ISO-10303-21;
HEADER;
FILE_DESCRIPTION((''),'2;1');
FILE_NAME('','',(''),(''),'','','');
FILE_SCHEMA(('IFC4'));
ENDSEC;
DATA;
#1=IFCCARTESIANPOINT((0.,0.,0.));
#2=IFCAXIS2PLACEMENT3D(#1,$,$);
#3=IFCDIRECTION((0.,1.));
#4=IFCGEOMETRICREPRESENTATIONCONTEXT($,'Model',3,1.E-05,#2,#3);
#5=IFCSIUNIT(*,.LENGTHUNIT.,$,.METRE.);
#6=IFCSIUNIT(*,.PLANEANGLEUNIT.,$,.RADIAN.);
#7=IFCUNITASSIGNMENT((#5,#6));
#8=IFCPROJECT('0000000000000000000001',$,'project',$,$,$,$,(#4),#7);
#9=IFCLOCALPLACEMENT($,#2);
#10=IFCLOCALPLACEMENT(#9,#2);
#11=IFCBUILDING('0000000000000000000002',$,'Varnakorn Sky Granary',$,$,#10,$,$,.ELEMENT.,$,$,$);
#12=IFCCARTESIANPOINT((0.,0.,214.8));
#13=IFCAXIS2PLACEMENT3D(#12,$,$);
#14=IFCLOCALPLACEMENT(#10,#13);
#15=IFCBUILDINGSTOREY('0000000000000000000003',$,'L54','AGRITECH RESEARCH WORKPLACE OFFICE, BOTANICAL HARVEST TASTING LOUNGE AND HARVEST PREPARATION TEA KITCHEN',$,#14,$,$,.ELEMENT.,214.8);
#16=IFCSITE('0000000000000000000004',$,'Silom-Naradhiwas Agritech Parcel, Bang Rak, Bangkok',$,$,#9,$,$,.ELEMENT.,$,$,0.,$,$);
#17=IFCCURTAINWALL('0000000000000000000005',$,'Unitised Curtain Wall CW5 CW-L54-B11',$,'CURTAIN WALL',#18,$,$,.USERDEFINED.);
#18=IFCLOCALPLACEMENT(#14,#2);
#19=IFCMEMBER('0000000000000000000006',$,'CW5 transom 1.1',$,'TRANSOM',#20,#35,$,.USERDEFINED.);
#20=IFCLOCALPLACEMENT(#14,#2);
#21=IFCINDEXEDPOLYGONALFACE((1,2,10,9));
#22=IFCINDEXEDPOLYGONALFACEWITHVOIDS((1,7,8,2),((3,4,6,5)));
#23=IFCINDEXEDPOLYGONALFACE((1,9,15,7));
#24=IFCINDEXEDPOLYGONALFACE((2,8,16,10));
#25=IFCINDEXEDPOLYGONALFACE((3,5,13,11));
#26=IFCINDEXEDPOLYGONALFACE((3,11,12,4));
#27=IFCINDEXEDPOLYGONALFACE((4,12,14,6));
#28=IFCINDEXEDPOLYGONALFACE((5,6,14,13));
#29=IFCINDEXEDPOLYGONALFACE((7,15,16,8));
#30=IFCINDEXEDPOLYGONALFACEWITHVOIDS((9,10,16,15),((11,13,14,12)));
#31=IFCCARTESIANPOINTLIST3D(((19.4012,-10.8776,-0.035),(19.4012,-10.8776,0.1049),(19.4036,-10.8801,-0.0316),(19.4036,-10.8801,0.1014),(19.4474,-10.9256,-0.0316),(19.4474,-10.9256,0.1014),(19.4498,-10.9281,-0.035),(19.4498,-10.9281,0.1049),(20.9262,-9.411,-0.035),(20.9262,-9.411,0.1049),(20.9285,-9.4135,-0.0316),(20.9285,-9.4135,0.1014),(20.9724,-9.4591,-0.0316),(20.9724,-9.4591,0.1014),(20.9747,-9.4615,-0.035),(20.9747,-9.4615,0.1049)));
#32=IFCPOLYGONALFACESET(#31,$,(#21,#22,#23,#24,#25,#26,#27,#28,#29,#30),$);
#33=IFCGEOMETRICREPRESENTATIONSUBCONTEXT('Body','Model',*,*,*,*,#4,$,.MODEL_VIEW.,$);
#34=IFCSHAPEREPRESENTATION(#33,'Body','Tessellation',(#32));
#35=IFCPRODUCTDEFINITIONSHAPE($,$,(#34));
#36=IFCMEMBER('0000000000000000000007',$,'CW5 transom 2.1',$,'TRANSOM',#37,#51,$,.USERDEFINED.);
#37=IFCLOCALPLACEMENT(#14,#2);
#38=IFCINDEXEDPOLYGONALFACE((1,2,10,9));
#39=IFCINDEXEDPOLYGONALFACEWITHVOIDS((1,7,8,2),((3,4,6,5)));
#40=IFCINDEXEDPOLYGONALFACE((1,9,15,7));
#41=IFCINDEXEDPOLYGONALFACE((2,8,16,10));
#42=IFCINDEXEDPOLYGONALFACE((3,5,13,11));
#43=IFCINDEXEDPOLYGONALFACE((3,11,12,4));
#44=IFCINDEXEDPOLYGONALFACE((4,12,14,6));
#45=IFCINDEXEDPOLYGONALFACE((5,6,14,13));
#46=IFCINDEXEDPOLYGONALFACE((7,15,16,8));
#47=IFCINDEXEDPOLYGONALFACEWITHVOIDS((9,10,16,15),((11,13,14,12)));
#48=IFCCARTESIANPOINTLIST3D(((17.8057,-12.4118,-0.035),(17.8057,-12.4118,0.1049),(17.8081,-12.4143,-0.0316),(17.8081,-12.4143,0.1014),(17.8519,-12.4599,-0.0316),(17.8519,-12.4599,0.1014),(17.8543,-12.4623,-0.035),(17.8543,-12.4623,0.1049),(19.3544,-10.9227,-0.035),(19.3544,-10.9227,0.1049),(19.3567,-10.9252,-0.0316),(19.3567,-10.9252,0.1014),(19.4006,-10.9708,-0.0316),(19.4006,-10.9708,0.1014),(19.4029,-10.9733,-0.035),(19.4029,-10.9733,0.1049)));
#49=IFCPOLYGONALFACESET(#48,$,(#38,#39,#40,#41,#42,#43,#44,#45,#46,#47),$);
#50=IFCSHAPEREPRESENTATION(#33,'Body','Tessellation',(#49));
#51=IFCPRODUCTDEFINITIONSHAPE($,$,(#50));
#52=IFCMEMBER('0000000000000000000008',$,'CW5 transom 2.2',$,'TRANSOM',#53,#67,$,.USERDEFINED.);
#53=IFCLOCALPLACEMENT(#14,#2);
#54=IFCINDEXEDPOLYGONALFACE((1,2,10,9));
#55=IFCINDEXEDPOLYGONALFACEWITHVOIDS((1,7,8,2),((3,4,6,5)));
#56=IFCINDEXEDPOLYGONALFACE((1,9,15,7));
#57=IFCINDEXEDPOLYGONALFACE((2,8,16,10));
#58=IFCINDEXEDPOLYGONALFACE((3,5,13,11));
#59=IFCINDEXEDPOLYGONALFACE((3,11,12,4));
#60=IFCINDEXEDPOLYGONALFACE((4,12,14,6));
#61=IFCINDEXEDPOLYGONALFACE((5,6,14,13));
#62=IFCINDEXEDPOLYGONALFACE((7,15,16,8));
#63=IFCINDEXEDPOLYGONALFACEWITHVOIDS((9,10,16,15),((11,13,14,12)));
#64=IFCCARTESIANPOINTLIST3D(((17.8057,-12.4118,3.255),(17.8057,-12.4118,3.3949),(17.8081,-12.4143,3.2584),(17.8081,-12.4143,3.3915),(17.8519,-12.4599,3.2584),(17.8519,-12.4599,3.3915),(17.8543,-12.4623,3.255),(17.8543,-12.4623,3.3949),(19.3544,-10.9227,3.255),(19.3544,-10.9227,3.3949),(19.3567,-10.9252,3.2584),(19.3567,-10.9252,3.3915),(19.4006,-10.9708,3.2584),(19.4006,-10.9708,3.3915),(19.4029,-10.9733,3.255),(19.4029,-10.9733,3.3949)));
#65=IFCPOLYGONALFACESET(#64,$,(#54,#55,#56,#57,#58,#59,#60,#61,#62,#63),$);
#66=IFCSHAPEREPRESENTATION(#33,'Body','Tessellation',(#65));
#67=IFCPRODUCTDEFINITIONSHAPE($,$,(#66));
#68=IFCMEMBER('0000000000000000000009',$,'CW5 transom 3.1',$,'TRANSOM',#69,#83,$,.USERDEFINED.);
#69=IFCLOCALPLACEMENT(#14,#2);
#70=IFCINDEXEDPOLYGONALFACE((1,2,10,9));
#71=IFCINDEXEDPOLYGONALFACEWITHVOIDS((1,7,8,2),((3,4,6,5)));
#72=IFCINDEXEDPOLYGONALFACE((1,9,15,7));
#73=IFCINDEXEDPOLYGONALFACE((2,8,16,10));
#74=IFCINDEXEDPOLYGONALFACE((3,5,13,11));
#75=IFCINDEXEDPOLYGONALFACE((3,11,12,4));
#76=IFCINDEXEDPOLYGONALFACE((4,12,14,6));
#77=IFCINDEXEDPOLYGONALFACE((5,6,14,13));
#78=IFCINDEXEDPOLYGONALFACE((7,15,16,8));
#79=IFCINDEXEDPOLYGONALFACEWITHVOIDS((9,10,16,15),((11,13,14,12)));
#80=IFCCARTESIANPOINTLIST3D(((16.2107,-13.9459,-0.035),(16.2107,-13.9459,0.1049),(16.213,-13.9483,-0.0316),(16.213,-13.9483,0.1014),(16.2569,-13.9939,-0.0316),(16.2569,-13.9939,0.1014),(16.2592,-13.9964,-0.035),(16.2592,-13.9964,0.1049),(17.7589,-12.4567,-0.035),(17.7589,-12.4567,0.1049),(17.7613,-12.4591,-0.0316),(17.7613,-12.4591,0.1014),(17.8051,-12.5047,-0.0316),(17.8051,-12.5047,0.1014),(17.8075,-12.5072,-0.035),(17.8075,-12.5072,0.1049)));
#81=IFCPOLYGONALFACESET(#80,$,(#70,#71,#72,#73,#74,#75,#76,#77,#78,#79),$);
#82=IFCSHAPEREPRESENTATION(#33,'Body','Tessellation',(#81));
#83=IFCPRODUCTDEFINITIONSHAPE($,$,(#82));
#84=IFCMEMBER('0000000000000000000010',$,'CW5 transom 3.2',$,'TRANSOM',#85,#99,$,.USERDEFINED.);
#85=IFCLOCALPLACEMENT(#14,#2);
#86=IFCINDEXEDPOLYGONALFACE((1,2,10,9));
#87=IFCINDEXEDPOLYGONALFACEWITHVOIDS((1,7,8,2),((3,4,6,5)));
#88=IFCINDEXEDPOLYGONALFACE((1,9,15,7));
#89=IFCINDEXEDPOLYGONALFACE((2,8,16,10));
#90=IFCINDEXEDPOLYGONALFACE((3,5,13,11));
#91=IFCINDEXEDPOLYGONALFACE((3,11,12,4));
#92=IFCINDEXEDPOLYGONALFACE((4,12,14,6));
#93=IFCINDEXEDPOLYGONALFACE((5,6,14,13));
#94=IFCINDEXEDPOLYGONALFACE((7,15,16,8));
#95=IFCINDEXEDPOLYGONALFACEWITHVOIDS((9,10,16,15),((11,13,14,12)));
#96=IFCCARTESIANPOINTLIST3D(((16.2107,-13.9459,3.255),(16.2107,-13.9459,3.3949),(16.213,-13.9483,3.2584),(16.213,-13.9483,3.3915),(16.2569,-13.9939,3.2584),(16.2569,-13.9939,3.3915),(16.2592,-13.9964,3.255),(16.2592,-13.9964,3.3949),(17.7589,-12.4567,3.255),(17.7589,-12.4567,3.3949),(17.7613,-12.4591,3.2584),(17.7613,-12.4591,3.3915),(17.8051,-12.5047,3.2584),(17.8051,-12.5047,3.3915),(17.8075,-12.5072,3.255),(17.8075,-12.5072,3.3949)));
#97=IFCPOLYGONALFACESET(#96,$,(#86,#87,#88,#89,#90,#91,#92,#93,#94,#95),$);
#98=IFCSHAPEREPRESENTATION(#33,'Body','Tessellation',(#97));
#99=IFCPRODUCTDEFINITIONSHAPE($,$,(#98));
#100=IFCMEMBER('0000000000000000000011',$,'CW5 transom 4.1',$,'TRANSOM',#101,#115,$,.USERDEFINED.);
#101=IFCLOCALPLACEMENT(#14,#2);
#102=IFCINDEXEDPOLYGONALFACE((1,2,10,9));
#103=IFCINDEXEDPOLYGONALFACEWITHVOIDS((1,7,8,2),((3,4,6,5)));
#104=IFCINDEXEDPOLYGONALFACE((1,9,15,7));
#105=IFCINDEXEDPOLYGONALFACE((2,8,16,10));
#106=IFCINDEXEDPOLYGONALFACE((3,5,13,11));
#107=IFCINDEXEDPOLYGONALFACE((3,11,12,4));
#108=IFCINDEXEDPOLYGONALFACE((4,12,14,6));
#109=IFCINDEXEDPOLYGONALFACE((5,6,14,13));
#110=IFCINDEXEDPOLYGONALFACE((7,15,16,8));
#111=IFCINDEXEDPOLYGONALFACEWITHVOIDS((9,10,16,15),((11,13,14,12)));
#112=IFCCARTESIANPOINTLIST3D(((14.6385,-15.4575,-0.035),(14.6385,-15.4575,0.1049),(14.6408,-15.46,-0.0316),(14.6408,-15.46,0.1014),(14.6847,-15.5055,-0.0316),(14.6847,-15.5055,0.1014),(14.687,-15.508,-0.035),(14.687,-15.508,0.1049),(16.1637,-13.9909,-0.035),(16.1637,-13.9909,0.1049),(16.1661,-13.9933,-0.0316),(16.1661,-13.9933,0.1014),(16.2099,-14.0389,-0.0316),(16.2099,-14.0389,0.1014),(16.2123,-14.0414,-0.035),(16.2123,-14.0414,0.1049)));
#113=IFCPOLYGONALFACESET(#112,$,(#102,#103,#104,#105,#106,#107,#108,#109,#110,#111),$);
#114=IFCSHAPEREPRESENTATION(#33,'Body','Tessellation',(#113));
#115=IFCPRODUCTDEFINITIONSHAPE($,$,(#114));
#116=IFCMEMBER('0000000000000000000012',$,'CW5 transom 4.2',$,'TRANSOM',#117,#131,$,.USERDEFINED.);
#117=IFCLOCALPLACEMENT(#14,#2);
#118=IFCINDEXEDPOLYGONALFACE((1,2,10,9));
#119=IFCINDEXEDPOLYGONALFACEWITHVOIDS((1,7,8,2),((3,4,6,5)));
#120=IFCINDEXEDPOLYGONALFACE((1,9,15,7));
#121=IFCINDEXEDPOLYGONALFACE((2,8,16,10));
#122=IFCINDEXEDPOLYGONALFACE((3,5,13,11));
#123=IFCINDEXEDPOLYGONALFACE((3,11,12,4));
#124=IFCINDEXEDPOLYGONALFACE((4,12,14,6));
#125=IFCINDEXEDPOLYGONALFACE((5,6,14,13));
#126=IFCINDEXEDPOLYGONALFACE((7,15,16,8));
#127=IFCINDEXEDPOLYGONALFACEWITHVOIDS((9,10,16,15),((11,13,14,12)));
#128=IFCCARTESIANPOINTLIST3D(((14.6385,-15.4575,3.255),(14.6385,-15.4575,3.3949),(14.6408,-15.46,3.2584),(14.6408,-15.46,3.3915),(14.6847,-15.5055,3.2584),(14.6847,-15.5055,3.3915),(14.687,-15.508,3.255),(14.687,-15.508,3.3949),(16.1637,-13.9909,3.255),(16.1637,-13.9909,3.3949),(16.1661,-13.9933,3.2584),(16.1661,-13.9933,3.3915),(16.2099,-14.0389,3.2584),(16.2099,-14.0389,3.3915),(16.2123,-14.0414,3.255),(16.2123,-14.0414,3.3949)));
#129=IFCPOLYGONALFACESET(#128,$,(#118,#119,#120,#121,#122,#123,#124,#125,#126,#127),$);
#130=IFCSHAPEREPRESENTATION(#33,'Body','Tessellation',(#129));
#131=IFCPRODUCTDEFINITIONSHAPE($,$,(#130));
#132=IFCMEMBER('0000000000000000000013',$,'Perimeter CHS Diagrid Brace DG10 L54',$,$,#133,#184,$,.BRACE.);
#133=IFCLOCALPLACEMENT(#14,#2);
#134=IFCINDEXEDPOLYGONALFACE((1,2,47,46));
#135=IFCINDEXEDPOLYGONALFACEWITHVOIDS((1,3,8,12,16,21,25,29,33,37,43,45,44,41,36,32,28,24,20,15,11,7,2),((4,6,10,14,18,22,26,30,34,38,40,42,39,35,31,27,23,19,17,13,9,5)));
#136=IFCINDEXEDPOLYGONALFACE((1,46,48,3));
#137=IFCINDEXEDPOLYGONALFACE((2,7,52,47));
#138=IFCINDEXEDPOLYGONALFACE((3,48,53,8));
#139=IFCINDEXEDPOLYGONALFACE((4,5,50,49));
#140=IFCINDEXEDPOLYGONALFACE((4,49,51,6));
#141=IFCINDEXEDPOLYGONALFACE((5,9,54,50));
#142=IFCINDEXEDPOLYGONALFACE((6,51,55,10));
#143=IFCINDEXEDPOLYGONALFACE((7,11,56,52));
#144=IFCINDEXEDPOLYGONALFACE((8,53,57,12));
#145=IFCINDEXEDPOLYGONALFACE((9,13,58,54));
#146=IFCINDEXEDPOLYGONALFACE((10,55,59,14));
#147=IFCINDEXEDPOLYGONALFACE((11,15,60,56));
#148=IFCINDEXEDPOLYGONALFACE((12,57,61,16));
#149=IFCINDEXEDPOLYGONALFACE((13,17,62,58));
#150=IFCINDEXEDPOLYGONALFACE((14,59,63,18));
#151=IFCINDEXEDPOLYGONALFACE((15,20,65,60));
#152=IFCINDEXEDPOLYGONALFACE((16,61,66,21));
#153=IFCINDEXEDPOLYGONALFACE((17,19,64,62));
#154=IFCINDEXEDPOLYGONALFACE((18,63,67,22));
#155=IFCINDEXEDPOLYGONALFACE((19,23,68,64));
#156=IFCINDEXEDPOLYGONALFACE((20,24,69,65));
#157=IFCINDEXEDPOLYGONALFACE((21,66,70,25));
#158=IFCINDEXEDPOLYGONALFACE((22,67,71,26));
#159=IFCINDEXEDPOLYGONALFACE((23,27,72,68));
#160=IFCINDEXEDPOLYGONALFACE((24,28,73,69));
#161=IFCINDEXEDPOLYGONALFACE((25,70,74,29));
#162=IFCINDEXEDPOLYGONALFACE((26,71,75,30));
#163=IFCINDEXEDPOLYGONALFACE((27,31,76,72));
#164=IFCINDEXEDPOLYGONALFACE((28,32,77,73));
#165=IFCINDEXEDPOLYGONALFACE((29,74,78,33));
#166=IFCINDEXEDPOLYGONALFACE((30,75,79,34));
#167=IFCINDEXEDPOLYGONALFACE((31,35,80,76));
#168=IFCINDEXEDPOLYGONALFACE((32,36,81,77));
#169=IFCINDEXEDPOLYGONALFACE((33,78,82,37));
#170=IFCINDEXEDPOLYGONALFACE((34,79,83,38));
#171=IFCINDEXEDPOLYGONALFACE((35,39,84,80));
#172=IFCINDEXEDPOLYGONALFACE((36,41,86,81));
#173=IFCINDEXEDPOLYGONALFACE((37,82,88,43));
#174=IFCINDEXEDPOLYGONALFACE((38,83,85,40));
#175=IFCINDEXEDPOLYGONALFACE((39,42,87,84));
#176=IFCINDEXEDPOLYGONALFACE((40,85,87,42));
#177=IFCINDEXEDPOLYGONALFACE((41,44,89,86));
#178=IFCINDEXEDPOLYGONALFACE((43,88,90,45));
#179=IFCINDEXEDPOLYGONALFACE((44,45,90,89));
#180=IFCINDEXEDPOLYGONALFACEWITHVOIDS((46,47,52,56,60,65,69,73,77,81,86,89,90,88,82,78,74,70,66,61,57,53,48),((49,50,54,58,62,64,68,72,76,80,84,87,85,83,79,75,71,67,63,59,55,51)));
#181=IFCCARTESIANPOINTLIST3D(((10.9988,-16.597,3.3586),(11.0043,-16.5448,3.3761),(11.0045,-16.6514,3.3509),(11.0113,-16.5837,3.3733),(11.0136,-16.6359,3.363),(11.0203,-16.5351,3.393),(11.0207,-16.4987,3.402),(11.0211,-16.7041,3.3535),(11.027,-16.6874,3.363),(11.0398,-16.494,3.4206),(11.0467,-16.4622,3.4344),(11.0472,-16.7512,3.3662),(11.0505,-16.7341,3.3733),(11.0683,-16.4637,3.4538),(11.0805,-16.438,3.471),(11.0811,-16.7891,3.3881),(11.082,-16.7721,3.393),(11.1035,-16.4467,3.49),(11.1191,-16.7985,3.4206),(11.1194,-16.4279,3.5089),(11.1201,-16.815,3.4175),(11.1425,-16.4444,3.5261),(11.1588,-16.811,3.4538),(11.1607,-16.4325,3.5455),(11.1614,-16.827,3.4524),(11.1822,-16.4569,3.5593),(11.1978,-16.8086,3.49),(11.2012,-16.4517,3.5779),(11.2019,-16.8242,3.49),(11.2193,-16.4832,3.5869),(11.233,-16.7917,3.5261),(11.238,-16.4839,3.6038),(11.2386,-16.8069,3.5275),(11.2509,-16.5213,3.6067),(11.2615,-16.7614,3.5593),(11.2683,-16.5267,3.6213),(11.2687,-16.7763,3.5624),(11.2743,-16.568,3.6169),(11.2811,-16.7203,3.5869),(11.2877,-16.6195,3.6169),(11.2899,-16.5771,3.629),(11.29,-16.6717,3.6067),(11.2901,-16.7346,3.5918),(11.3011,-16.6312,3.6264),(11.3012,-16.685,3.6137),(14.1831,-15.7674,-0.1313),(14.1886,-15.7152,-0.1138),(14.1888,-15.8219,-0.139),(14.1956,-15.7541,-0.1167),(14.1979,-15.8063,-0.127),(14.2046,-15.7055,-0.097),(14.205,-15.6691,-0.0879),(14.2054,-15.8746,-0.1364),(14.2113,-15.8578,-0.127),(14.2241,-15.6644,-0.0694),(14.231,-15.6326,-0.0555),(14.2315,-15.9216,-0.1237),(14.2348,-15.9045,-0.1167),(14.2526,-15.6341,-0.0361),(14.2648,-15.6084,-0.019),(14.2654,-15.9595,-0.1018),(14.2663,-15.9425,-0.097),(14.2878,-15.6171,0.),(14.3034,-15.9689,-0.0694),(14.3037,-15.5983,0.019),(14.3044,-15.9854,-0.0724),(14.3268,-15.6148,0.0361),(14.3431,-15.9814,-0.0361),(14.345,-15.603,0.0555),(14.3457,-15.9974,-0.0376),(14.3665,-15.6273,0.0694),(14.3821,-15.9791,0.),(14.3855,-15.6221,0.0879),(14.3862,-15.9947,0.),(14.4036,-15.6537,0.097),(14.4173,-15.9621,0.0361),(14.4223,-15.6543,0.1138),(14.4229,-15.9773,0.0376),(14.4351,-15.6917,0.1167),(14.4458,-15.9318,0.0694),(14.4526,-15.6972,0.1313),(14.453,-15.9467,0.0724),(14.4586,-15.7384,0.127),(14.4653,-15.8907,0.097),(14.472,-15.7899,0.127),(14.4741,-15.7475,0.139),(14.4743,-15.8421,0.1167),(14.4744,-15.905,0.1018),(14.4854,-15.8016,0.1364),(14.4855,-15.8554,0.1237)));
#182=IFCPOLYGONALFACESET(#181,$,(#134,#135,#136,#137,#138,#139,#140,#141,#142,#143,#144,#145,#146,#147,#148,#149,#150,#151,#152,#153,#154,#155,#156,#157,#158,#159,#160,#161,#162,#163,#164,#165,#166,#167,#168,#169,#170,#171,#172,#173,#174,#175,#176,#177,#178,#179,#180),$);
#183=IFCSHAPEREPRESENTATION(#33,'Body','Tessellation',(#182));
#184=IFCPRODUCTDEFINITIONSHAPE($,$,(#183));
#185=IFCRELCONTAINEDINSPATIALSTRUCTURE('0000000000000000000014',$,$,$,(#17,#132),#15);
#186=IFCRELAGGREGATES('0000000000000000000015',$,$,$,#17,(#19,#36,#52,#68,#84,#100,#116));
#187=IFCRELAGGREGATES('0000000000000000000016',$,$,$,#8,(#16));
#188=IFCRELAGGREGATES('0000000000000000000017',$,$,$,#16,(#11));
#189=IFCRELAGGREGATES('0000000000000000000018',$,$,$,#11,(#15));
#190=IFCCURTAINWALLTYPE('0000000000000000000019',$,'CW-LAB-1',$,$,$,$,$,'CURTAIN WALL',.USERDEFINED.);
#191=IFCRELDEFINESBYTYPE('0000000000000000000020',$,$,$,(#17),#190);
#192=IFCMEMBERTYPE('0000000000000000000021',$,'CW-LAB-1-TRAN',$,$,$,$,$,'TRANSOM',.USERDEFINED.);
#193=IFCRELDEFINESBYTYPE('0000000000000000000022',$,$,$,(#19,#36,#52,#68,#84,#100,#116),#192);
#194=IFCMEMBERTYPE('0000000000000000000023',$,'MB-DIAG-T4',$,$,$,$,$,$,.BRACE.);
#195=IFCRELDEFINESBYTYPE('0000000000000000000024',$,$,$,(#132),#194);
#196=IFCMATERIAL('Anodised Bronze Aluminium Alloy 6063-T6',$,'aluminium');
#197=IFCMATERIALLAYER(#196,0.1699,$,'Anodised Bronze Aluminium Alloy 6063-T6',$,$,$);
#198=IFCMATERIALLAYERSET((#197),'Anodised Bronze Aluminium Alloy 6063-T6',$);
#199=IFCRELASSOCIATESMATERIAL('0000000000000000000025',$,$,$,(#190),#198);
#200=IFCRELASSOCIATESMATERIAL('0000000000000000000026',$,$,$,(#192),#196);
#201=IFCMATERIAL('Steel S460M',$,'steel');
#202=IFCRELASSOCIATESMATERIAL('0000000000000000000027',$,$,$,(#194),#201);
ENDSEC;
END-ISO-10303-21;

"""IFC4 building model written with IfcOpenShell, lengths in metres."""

from ifc_helpers import new_model, si_unit, direction, frame, origin, origin_2d, place, context, subcontext, project, spatial, hollow_rectangle, hollow_circle, extrude, material, layer, layer_set, material_profile, profile_set, type_object, element, aggregate, save


model = new_model("IFC4")

# Units and contexts
model_context = context("Model", 3, precision=1e-05, world=origin(), true_north=direction((0.0, 1.0)))
body_context = subcontext(model_context, "Body", "Model", "MODEL_VIEW")
ifc_project = project(units=[si_unit("LENGTHUNIT", "METRE"), si_unit("PLANEANGLEUNIT", "RADIAN")], contexts=[model_context])

# Site, building, storey
site_placement = place(None, origin())
site = spatial("IfcSite", under=ifc_project, at=site_placement, Name="Silom-Naradhiwas Agritech Parcel, Bang Rak, Bangkok", CompositionType="ELEMENT", RefElevation=0.0)
building_placement = place(site_placement, origin())
building = spatial("IfcBuilding", under=site, at=building_placement, Name="Varnakorn Sky Granary", CompositionType="ELEMENT")
storey_placement = place(building_placement, frame((0.0, 0.0, 214.8)))
storey = spatial("IfcBuildingStorey", under=building, at=storey_placement, Name="L54", Description="AGRITECH RESEARCH WORKPLACE OFFICE, BOTANICAL HARVEST TASTING LOUNGE AND HARVEST PREPARATION TEA KITCHEN", CompositionType="ELEMENT", Elevation=214.8)

# Shared definitions
ifc_material_1 = material(Name="Steel S460M", Category="steel")

# Shared definitions
ifc_material_2 = material(Name="Anodised Bronze Aluminium Alloy 6063-T6", Category="aluminium")
ifc_layer_1 = layer(ifc_material_2, 0.1699, Name="Anodised Bronze Aluminium Alloy 6063-T6")
ifc_layer_set_1 = layer_set([ifc_layer_1], Name="Anodised Bronze Aluminium Alloy 6063-T6")
curtain_wall_type = type_object("IfcCurtainWallType", Name="CW-LAB-1", ElementType="CURTAIN WALL", PredefinedType="USERDEFINED", material=ifc_layer_set_1)

# Curtain wall, members
curtain_wall_1_placement = place(storey_placement, origin())
curtain_wall_1 = element("IfcCurtainWall", 1, at=curtain_wall_1_placement, inside=storey, type_object=curtain_wall_type, Name="Unitised Curtain Wall CW5 CW-L54-B11", ObjectType="CURTAIN WALL", PredefinedType="USERDEFINED")
ifc_material_profile_1 = material_profile(ifc_material_2, hollow_rectangle(XDim=0.0701, YDim=0.1399, WallThickness=0.0034, at=origin_2d()), Name="ALU TRAN 70x140")
ifc_profile_set_1 = profile_set([ifc_material_profile_1], Name="Anodised Bronze Aluminium Alloy 6063-T6")
member_type_1 = type_object("IfcMemberType", Name="CW-LAB-1-TRAN", ElementType="TRANSOM", PredefinedType="USERDEFINED", material=ifc_profile_set_1)
member_1_placement = place(storey_placement, frame((20.9504, -9.4363, 0.0349), z_axis=(-0.720762, -0.693183, 0.0), x_axis=(0.693183, -0.720762, 0.0)))
member_1 = element("IfcMember", 2, at=member_1_placement, type_object=member_type_1, Name="CW5 transom 1.1", ObjectType="TRANSOM", PredefinedType="USERDEFINED", context=body_context, shape_type="SweptSolid", body=[
    extrude(hollow_rectangle(XDim=0.0701, YDim=0.1399, WallThickness=0.0034, at=origin_2d()), origin(), (0.0, 0.0, 1.0), 2.1157),
])
member_2_placement = place(storey_placement, frame((19.3787, -10.948, 0.0349), z_axis=(-0.720835, -0.693106, 0.0), x_axis=(0.693106, -0.720835, 0.0)))
member_2 = element("IfcMember", 3, at=member_2_placement, type_object=member_type_1, Name="CW5 transom 2.1", ObjectType="TRANSOM", PredefinedType="USERDEFINED", context=body_context, shape_type="SweptSolid", body=[
    extrude(hollow_rectangle(XDim=0.0701, YDim=0.1399, WallThickness=0.0034, at=origin_2d()), origin(), (0.0, 0.0, 1.0), 2.1484),
])
member_3_placement = place(storey_placement, frame((19.3787, -10.948, 3.325), z_axis=(-0.720835, -0.693106, 0.0), x_axis=(0.693106, -0.720835, 0.0)))
member_3 = element("IfcMember", 4, at=member_3_placement, type_object=member_type_1, Name="CW5 transom 2.2", ObjectType="TRANSOM", PredefinedType="USERDEFINED", context=body_context, shape_type="SweptSolid", body=[
    extrude(hollow_rectangle(XDim=0.0701, YDim=0.1399, WallThickness=0.0034, at=origin_2d()), origin(), (0.0, 0.0, 1.0), 2.1484),
])
member_4_placement = place(storey_placement, frame((17.7832, -12.4819, 0.0349), z_axis=(-0.720724, -0.693222, 0.0), x_axis=(0.693222, -0.720724, 0.0)))
member_4 = element("IfcMember", 5, at=member_4_placement, type_object=member_type_1, Name="CW5 transom 3.1", ObjectType="TRANSOM", PredefinedType="USERDEFINED", context=body_context, shape_type="SweptSolid", body=[
    extrude(hollow_rectangle(XDim=0.0701, YDim=0.1399, WallThickness=0.0034, at=origin_2d()), origin(), (0.0, 0.0, 1.0), 2.1482),
])
member_5_placement = place(storey_placement, frame((17.7832, -12.4819, 3.325), z_axis=(-0.720724, -0.693222, 0.0), x_axis=(0.693222, -0.720724, 0.0)))
member_5 = element("IfcMember", 6, at=member_5_placement, type_object=member_type_1, Name="CW5 transom 3.2", ObjectType="TRANSOM", PredefinedType="USERDEFINED", context=body_context, shape_type="SweptSolid", body=[
    extrude(hollow_rectangle(XDim=0.0701, YDim=0.1399, WallThickness=0.0034, at=origin_2d()), origin(), (0.0, 0.0, 1.0), 2.1482),
])
member_6_placement = place(storey_placement, frame((16.188, -14.0161, 0.0349), z_axis=(-0.720818, -0.693125, 0.0), x_axis=(0.693125, -0.720818, 0.0)))
member_6 = element("IfcMember", 7, at=member_6_placement, type_object=member_type_1, Name="CW5 transom 4.1", ObjectType="TRANSOM", PredefinedType="USERDEFINED", context=body_context, shape_type="SweptSolid", body=[
    extrude(hollow_rectangle(XDim=0.0701, YDim=0.1399, WallThickness=0.0034, at=origin_2d()), origin(), (0.0, 0.0, 1.0), 2.116),
])
member_7_placement = place(storey_placement, frame((16.188, -14.0161, 3.325), z_axis=(-0.720818, -0.693125, 0.0), x_axis=(0.693125, -0.720818, 0.0)))
member_7 = element("IfcMember", 8, at=member_7_placement, type_object=member_type_1, Name="CW5 transom 4.2", ObjectType="TRANSOM", PredefinedType="USERDEFINED", context=body_context, shape_type="SweptSolid", body=[
    extrude(hollow_rectangle(XDim=0.0701, YDim=0.1399, WallThickness=0.0034, at=origin_2d()), origin(), (0.0, 0.0, 1.0), 2.116),
])

# Member
ifc_material_profile_2 = material_profile(ifc_material_1, hollow_circle(Radius=0.2031, WallThickness=0.0161, at=origin_2d()), Name="CHS 406.4x16")
ifc_profile_set_2 = profile_set([ifc_material_profile_2], Name="Steel S460M")
member_type_2 = type_object("IfcMemberType", Name="MB-DIAG-T4", PredefinedType="BRACE", material=ifc_profile_set_2)
member_8_placement = place(storey_placement, frame((14.335, -15.7981, 0.0), z_axis=(-0.66386, -0.172951, 0.727584), x_axis=(0.252108, -0.967699, 0.0)))
element("IfcMember", 9, at=member_8_placement, inside=storey, type_object=member_type_2, Name="Perimeter CHS Diagrid Brace DG10 L54", PredefinedType="BRACE", context=body_context, shape_type="SweptSolid", body=[
    extrude(hollow_circle(Radius=0.2031, WallThickness=0.0161, at=origin_2d()), origin(), (0.0, 0.0, 1.0), 4.7966),
])

aggregate(curtain_wall_1, [member_1, member_2, member_3, member_4, member_5, member_6, member_7])

save(model, "model.ifc")
